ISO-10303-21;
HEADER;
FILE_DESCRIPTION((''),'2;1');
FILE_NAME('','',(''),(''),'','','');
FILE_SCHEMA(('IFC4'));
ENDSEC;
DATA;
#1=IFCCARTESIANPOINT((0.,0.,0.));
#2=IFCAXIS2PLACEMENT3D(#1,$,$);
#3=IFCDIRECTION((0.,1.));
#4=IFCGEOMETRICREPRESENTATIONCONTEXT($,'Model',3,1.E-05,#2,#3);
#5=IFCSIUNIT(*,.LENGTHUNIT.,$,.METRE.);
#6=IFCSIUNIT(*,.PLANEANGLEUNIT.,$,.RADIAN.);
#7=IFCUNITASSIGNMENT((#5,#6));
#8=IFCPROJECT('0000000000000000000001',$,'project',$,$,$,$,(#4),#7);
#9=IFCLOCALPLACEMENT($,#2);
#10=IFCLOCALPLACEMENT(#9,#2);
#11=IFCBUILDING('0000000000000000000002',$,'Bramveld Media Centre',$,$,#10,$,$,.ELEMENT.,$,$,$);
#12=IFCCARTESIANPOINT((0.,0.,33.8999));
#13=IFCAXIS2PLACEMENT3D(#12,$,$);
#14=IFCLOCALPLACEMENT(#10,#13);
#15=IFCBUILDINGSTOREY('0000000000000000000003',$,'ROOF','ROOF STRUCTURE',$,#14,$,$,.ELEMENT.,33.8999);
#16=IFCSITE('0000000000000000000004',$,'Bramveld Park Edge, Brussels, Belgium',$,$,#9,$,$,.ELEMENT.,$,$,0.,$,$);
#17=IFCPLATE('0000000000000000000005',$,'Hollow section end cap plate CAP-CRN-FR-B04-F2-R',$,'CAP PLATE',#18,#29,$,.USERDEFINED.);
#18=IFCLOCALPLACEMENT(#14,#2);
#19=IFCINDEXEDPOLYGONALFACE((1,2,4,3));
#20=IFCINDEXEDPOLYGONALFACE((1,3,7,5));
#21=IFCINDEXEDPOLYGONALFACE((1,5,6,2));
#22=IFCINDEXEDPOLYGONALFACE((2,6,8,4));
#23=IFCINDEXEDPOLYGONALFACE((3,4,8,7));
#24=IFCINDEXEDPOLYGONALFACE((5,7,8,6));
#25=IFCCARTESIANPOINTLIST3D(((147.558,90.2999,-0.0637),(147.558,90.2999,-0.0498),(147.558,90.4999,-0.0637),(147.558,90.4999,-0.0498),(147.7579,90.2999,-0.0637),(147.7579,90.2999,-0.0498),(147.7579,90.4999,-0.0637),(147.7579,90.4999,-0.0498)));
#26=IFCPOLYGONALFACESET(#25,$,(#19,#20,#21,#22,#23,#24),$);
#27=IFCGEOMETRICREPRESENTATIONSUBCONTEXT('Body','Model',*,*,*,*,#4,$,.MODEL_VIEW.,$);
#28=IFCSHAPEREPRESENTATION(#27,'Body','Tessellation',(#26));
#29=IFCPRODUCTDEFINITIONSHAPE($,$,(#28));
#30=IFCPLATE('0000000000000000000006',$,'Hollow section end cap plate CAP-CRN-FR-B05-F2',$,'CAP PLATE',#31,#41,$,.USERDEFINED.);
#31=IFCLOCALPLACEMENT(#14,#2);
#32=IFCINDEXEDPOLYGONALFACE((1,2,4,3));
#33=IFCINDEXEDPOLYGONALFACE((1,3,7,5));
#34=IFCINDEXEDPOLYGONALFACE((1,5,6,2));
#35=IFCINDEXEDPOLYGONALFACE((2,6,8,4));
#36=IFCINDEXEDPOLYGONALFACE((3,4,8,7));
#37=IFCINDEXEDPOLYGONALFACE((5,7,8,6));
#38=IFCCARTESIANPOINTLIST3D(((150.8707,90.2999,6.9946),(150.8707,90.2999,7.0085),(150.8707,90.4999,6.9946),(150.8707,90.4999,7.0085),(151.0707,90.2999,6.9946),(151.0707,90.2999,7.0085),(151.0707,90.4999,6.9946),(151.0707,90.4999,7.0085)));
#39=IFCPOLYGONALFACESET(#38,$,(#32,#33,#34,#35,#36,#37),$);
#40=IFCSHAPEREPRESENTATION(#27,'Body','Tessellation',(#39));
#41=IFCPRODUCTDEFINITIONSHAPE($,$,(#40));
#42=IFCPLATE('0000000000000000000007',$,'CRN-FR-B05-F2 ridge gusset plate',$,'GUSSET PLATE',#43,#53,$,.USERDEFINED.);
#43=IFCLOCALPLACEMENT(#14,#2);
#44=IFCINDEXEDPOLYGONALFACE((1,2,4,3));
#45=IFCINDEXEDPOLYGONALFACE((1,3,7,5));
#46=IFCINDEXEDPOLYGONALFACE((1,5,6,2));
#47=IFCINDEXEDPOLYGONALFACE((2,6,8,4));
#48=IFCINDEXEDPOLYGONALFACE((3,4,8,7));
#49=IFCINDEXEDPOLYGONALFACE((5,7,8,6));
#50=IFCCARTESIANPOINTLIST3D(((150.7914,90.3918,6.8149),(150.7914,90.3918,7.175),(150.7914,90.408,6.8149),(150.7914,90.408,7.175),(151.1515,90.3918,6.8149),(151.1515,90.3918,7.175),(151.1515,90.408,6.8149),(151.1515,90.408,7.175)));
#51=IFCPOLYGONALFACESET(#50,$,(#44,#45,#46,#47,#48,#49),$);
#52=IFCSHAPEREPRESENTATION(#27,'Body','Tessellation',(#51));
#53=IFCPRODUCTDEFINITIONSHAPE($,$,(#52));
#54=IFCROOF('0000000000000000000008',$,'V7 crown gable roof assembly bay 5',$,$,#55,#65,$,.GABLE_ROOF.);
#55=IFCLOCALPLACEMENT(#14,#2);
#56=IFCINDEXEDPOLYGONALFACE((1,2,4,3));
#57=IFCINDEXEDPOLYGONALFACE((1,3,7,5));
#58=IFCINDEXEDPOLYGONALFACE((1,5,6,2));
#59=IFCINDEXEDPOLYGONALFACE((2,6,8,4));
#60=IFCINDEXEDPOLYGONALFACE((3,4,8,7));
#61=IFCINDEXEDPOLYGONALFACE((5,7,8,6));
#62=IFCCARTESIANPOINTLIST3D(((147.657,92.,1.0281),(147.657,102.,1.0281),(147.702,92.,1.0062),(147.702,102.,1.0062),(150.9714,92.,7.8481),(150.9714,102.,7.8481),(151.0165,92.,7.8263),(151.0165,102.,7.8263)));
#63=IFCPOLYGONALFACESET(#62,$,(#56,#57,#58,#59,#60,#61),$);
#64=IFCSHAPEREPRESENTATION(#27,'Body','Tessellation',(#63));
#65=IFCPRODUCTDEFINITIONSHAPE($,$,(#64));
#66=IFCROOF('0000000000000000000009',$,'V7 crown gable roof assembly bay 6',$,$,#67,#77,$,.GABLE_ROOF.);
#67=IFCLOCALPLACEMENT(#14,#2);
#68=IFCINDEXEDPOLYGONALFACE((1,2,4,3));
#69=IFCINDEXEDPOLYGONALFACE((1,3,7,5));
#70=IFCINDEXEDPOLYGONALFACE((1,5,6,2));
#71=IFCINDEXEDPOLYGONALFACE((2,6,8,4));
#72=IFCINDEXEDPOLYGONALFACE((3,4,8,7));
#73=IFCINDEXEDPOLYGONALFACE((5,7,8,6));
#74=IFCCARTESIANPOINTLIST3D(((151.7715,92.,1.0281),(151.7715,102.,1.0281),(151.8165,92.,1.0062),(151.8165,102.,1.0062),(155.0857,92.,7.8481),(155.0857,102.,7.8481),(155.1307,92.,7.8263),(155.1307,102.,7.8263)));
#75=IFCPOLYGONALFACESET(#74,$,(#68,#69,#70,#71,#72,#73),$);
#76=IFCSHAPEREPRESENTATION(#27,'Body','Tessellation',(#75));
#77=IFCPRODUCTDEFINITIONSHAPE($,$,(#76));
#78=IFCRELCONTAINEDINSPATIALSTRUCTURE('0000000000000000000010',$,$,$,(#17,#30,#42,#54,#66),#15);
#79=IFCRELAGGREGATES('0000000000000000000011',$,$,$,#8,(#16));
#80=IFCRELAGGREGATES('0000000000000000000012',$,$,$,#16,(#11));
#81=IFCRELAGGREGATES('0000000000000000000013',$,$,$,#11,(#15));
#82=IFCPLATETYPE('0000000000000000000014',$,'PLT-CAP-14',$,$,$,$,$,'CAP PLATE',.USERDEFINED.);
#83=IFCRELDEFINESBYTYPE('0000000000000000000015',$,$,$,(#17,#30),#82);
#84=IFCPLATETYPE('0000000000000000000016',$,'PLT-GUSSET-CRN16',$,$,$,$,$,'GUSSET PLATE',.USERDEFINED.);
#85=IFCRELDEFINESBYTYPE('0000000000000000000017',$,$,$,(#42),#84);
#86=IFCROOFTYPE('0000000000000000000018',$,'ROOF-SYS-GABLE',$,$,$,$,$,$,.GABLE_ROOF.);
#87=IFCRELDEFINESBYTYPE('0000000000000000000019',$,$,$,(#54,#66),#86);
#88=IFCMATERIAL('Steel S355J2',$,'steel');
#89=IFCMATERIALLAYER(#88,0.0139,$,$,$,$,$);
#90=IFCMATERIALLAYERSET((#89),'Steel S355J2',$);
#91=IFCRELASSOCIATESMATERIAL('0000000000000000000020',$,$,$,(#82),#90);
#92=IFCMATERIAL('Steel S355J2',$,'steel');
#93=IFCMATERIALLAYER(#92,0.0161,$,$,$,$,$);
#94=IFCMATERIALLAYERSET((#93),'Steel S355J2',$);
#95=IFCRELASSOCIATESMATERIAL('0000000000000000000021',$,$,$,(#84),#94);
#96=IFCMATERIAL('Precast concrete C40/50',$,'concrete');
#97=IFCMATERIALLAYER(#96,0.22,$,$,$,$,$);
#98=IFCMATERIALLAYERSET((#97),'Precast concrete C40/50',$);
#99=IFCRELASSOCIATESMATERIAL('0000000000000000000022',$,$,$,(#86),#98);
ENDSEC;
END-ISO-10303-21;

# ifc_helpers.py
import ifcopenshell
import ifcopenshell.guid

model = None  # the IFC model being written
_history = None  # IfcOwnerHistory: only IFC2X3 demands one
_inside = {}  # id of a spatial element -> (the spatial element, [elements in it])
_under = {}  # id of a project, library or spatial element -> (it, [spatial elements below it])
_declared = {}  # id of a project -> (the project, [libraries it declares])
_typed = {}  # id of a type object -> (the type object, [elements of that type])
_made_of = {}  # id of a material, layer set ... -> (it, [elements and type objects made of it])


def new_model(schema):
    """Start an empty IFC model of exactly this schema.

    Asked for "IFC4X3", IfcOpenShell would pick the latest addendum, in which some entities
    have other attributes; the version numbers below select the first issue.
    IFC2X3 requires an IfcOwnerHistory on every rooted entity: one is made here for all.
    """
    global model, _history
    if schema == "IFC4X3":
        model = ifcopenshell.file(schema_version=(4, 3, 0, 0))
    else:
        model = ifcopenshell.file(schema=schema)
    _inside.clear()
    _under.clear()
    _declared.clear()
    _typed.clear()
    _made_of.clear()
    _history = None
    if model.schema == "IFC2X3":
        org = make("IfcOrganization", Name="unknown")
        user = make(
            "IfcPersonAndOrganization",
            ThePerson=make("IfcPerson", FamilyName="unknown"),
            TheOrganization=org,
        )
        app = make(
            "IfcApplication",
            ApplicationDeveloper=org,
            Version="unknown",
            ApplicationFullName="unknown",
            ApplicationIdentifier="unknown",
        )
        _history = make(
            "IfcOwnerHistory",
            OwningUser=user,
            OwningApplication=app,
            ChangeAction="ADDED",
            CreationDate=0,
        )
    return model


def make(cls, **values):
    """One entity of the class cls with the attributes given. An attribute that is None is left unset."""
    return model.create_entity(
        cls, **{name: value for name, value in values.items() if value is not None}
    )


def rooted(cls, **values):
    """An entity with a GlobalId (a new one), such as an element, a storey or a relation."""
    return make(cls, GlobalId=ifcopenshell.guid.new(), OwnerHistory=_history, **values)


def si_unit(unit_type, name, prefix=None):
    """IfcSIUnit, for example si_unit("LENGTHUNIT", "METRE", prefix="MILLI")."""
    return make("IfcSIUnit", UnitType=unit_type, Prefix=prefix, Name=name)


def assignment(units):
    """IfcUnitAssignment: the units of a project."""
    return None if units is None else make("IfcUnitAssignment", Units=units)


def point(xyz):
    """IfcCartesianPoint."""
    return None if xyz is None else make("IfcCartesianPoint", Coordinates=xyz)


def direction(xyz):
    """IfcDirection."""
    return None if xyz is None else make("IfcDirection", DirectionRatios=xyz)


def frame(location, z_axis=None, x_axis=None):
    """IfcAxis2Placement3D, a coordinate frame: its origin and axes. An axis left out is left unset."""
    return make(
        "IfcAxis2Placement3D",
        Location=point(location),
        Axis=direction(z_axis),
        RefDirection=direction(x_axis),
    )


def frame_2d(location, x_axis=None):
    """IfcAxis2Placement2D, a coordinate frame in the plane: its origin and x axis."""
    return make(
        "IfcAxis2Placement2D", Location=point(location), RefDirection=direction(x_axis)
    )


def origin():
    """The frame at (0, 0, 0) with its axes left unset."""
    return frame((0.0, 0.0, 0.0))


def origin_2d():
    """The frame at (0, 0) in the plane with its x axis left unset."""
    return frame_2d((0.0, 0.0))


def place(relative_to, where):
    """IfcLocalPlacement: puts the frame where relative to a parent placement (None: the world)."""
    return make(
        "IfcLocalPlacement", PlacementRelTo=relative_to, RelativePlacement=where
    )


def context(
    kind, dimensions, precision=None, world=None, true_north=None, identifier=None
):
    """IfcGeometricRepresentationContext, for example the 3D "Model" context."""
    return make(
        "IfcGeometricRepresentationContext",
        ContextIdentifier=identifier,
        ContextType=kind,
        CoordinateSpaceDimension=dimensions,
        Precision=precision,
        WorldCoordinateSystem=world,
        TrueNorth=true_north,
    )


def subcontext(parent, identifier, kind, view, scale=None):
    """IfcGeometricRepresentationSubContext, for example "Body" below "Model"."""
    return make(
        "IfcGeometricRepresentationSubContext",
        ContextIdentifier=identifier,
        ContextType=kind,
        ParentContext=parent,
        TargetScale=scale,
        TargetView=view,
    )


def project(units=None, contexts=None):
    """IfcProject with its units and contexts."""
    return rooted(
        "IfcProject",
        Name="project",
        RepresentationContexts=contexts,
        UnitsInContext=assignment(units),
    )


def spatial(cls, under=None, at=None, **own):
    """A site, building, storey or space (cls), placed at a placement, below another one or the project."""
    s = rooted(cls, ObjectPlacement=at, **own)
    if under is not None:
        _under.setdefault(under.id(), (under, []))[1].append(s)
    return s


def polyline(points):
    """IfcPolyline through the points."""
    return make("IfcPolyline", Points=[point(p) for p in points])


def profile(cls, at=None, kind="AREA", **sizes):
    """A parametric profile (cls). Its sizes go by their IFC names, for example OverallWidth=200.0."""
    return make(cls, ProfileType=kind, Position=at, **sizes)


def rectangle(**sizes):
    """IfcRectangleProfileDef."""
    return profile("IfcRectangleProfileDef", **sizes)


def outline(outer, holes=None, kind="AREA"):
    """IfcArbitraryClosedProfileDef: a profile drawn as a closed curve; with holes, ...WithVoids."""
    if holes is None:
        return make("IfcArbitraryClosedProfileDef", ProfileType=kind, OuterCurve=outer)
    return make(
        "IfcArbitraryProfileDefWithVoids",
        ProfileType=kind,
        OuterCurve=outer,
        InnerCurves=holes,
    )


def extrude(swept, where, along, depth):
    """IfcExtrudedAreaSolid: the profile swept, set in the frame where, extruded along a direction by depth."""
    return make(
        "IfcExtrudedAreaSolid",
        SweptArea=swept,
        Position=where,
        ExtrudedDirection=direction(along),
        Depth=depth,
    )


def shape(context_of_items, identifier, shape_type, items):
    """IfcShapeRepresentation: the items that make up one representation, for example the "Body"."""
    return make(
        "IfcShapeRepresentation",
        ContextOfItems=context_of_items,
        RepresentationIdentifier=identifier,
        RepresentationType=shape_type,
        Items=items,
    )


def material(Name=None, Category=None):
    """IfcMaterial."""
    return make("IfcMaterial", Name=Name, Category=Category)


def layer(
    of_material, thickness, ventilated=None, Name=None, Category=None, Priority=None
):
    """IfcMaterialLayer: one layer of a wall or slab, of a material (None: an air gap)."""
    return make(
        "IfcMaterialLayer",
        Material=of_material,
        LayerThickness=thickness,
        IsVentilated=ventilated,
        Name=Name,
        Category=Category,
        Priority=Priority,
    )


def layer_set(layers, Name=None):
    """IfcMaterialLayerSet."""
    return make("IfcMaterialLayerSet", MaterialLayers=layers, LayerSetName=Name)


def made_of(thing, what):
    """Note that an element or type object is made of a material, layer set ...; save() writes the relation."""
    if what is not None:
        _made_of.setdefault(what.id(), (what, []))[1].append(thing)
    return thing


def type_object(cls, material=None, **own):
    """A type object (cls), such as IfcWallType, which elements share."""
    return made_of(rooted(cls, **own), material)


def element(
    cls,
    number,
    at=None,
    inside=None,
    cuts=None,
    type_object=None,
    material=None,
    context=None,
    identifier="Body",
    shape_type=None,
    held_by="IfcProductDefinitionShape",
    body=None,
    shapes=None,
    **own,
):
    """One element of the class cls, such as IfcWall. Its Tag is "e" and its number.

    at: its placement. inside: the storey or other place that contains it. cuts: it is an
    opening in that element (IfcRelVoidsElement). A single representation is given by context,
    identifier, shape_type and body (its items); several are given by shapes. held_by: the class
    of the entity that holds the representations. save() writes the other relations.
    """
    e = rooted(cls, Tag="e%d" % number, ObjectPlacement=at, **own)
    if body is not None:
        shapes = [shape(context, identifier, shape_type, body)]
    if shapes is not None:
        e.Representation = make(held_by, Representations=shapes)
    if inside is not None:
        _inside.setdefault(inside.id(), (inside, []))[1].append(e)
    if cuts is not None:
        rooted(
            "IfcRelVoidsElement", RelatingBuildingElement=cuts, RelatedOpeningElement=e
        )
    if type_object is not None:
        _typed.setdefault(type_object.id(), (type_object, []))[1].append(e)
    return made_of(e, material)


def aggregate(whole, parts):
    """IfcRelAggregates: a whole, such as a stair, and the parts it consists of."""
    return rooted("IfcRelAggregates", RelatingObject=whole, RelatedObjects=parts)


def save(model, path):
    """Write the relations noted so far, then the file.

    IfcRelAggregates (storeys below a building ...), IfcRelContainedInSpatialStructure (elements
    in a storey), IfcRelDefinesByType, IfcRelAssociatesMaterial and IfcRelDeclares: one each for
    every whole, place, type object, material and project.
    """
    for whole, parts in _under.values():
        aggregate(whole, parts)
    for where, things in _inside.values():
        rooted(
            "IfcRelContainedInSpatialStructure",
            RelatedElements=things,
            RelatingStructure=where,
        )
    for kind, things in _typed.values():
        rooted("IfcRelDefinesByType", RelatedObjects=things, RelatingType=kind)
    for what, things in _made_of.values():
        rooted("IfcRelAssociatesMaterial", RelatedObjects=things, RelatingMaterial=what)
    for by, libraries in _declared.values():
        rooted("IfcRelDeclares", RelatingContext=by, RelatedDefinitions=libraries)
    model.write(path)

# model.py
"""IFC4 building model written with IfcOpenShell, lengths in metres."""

from ifc_helpers import new_model, si_unit, direction, frame, origin, origin_2d, place, context, subcontext, project, spatial, polyline, rectangle, outline, extrude, material, layer, layer_set, type_object, element, save


model = new_model("IFC4")

# Units and contexts
model_context = context("Model", 3, precision=1e-05, world=origin(), true_north=direction((0.0, 1.0)))
body_context = subcontext(model_context, "Body", "Model", "MODEL_VIEW")
ifc_project = project(units=[si_unit("LENGTHUNIT", "METRE"), si_unit("PLANEANGLEUNIT", "RADIAN")], contexts=[model_context])

# Site, building, storey
site_placement = place(None, origin())
site = spatial("IfcSite", under=ifc_project, at=site_placement, Name="Bramveld Park Edge, Brussels, Belgium", CompositionType="ELEMENT", RefElevation=0.0)
building_placement = place(site_placement, origin())
building = spatial("IfcBuilding", under=site, at=building_placement, Name="Bramveld Media Centre", CompositionType="ELEMENT")
storey_placement = place(building_placement, frame((0.0, 0.0, 33.8999)))
storey = spatial("IfcBuildingStorey", under=building, at=storey_placement, Name="ROOF", Description="ROOF STRUCTURE", CompositionType="ELEMENT", Elevation=33.8999)

# Plates
ifc_material_1 = material(Name="Steel S355J2", Category="steel")
ifc_layer_1 = layer(ifc_material_1, 0.0139)
ifc_layer_set_1 = layer_set([ifc_layer_1], Name="Steel S355J2")
plate_type_1 = type_object("IfcPlateType", Name="PLT-CAP-14", ElementType="CAP PLATE", PredefinedType="USERDEFINED", material=ifc_layer_set_1)
for number, where, z_axis, x_axis, name in (
    (1, (147.658, 90.3999, -0.0498), (0.0, 0.0, -1.0), (1.0, 0.0, 0.0), "Hollow section end cap plate CAP-CRN-FR-B04-F2-R"),
    (2, (150.9707, 90.3999, 6.9946), (0.0, 0.0, 1.0), (1.0, 0.0, 0.0), "Hollow section end cap plate CAP-CRN-FR-B05-F2"),
):
    element("IfcPlate", number, at=place(storey_placement, frame(where, z_axis=z_axis, x_axis=x_axis)), inside=storey, type_object=plate_type_1, Name=name, ObjectType="CAP PLATE", PredefinedType="USERDEFINED", context=body_context, shape_type="SweptSolid", body=[
        extrude(rectangle(XDim=0.2, YDim=0.2, at=origin_2d()), origin(), (0.0, 0.0, 1.0), 0.0139),
    ])
ifc_material_2 = material(Name="Steel S355J2", Category="steel")
ifc_layer_2 = layer(ifc_material_2, 0.0161)
ifc_layer_set_2 = layer_set([ifc_layer_2], Name="Steel S355J2")
plate_type_2 = type_object("IfcPlateType", Name="PLT-GUSSET-CRN16", ElementType="GUSSET PLATE", PredefinedType="USERDEFINED", material=ifc_layer_set_2)
plate_1_placement = place(storey_placement, frame((150.9714, 90.3999, 6.8149), z_axis=(0.0, 0.0, 1.0), x_axis=(1.0, 0.0, 0.0)))
element("IfcPlate", 3, at=plate_1_placement, inside=storey, type_object=plate_type_2, Name="CRN-FR-B05-F2 ridge gusset plate", ObjectType="GUSSET PLATE", PredefinedType="USERDEFINED", context=body_context, shape_type="SweptSolid", body=[
    extrude(rectangle(XDim=0.3601, YDim=0.0161, at=origin_2d()), origin(), (0.0, 0.0, 1.0), 0.3601),
])

# Roofs
ifc_material_3 = material(Name="Precast concrete C40/50", Category="concrete")
ifc_layer_3 = layer(ifc_material_3, 0.22)
ifc_layer_set_3 = layer_set([ifc_layer_3], Name="Precast concrete C40/50")
roof_type = type_object("IfcRoofType", Name="ROOF-SYS-GABLE", PredefinedType="GABLE_ROOF", material=ifc_layer_set_3)
roof_1_placement = place(storey_placement, frame((147.657, 92.0, 1.0281), z_axis=(-0.899412, 0.0, 0.437101), x_axis=(0.437101, 0.0, 0.899412)))
element("IfcRoof", 4, at=roof_1_placement, inside=storey, type_object=roof_type, Name="V7 crown gable roof assembly bay 5", PredefinedType="GABLE_ROOF", context=body_context, shape_type="SweptSolid", body=[
    extrude(outline(polyline([(0.0, 0.0), (7.5828, 0.0), (7.5828, 10.0), (0.0, 10.0), (0.0, 0.0)])), origin(), (0.0, 0.0, -1.0), 0.05),
])
roof_2_placement = place(storey_placement, frame((151.7715, 92.0, 1.0281), z_axis=(-0.899425, 0.0, 0.437075), x_axis=(0.437075, 0.0, 0.899425)))
element("IfcRoof", 5, at=roof_2_placement, inside=storey, type_object=roof_type, Name="V7 crown gable roof assembly bay 6", PredefinedType="GABLE_ROOF", context=body_context, shape_type="SweptSolid", body=[
    extrude(outline(polyline([(0.0, 0.0), (7.5827, 0.0), (7.5827, 10.0), (0.0, 10.0), (0.0, 0.0)])), origin(), (0.0, 0.0, -1.0), 0.05),
])

save(model, "model.ifc")
